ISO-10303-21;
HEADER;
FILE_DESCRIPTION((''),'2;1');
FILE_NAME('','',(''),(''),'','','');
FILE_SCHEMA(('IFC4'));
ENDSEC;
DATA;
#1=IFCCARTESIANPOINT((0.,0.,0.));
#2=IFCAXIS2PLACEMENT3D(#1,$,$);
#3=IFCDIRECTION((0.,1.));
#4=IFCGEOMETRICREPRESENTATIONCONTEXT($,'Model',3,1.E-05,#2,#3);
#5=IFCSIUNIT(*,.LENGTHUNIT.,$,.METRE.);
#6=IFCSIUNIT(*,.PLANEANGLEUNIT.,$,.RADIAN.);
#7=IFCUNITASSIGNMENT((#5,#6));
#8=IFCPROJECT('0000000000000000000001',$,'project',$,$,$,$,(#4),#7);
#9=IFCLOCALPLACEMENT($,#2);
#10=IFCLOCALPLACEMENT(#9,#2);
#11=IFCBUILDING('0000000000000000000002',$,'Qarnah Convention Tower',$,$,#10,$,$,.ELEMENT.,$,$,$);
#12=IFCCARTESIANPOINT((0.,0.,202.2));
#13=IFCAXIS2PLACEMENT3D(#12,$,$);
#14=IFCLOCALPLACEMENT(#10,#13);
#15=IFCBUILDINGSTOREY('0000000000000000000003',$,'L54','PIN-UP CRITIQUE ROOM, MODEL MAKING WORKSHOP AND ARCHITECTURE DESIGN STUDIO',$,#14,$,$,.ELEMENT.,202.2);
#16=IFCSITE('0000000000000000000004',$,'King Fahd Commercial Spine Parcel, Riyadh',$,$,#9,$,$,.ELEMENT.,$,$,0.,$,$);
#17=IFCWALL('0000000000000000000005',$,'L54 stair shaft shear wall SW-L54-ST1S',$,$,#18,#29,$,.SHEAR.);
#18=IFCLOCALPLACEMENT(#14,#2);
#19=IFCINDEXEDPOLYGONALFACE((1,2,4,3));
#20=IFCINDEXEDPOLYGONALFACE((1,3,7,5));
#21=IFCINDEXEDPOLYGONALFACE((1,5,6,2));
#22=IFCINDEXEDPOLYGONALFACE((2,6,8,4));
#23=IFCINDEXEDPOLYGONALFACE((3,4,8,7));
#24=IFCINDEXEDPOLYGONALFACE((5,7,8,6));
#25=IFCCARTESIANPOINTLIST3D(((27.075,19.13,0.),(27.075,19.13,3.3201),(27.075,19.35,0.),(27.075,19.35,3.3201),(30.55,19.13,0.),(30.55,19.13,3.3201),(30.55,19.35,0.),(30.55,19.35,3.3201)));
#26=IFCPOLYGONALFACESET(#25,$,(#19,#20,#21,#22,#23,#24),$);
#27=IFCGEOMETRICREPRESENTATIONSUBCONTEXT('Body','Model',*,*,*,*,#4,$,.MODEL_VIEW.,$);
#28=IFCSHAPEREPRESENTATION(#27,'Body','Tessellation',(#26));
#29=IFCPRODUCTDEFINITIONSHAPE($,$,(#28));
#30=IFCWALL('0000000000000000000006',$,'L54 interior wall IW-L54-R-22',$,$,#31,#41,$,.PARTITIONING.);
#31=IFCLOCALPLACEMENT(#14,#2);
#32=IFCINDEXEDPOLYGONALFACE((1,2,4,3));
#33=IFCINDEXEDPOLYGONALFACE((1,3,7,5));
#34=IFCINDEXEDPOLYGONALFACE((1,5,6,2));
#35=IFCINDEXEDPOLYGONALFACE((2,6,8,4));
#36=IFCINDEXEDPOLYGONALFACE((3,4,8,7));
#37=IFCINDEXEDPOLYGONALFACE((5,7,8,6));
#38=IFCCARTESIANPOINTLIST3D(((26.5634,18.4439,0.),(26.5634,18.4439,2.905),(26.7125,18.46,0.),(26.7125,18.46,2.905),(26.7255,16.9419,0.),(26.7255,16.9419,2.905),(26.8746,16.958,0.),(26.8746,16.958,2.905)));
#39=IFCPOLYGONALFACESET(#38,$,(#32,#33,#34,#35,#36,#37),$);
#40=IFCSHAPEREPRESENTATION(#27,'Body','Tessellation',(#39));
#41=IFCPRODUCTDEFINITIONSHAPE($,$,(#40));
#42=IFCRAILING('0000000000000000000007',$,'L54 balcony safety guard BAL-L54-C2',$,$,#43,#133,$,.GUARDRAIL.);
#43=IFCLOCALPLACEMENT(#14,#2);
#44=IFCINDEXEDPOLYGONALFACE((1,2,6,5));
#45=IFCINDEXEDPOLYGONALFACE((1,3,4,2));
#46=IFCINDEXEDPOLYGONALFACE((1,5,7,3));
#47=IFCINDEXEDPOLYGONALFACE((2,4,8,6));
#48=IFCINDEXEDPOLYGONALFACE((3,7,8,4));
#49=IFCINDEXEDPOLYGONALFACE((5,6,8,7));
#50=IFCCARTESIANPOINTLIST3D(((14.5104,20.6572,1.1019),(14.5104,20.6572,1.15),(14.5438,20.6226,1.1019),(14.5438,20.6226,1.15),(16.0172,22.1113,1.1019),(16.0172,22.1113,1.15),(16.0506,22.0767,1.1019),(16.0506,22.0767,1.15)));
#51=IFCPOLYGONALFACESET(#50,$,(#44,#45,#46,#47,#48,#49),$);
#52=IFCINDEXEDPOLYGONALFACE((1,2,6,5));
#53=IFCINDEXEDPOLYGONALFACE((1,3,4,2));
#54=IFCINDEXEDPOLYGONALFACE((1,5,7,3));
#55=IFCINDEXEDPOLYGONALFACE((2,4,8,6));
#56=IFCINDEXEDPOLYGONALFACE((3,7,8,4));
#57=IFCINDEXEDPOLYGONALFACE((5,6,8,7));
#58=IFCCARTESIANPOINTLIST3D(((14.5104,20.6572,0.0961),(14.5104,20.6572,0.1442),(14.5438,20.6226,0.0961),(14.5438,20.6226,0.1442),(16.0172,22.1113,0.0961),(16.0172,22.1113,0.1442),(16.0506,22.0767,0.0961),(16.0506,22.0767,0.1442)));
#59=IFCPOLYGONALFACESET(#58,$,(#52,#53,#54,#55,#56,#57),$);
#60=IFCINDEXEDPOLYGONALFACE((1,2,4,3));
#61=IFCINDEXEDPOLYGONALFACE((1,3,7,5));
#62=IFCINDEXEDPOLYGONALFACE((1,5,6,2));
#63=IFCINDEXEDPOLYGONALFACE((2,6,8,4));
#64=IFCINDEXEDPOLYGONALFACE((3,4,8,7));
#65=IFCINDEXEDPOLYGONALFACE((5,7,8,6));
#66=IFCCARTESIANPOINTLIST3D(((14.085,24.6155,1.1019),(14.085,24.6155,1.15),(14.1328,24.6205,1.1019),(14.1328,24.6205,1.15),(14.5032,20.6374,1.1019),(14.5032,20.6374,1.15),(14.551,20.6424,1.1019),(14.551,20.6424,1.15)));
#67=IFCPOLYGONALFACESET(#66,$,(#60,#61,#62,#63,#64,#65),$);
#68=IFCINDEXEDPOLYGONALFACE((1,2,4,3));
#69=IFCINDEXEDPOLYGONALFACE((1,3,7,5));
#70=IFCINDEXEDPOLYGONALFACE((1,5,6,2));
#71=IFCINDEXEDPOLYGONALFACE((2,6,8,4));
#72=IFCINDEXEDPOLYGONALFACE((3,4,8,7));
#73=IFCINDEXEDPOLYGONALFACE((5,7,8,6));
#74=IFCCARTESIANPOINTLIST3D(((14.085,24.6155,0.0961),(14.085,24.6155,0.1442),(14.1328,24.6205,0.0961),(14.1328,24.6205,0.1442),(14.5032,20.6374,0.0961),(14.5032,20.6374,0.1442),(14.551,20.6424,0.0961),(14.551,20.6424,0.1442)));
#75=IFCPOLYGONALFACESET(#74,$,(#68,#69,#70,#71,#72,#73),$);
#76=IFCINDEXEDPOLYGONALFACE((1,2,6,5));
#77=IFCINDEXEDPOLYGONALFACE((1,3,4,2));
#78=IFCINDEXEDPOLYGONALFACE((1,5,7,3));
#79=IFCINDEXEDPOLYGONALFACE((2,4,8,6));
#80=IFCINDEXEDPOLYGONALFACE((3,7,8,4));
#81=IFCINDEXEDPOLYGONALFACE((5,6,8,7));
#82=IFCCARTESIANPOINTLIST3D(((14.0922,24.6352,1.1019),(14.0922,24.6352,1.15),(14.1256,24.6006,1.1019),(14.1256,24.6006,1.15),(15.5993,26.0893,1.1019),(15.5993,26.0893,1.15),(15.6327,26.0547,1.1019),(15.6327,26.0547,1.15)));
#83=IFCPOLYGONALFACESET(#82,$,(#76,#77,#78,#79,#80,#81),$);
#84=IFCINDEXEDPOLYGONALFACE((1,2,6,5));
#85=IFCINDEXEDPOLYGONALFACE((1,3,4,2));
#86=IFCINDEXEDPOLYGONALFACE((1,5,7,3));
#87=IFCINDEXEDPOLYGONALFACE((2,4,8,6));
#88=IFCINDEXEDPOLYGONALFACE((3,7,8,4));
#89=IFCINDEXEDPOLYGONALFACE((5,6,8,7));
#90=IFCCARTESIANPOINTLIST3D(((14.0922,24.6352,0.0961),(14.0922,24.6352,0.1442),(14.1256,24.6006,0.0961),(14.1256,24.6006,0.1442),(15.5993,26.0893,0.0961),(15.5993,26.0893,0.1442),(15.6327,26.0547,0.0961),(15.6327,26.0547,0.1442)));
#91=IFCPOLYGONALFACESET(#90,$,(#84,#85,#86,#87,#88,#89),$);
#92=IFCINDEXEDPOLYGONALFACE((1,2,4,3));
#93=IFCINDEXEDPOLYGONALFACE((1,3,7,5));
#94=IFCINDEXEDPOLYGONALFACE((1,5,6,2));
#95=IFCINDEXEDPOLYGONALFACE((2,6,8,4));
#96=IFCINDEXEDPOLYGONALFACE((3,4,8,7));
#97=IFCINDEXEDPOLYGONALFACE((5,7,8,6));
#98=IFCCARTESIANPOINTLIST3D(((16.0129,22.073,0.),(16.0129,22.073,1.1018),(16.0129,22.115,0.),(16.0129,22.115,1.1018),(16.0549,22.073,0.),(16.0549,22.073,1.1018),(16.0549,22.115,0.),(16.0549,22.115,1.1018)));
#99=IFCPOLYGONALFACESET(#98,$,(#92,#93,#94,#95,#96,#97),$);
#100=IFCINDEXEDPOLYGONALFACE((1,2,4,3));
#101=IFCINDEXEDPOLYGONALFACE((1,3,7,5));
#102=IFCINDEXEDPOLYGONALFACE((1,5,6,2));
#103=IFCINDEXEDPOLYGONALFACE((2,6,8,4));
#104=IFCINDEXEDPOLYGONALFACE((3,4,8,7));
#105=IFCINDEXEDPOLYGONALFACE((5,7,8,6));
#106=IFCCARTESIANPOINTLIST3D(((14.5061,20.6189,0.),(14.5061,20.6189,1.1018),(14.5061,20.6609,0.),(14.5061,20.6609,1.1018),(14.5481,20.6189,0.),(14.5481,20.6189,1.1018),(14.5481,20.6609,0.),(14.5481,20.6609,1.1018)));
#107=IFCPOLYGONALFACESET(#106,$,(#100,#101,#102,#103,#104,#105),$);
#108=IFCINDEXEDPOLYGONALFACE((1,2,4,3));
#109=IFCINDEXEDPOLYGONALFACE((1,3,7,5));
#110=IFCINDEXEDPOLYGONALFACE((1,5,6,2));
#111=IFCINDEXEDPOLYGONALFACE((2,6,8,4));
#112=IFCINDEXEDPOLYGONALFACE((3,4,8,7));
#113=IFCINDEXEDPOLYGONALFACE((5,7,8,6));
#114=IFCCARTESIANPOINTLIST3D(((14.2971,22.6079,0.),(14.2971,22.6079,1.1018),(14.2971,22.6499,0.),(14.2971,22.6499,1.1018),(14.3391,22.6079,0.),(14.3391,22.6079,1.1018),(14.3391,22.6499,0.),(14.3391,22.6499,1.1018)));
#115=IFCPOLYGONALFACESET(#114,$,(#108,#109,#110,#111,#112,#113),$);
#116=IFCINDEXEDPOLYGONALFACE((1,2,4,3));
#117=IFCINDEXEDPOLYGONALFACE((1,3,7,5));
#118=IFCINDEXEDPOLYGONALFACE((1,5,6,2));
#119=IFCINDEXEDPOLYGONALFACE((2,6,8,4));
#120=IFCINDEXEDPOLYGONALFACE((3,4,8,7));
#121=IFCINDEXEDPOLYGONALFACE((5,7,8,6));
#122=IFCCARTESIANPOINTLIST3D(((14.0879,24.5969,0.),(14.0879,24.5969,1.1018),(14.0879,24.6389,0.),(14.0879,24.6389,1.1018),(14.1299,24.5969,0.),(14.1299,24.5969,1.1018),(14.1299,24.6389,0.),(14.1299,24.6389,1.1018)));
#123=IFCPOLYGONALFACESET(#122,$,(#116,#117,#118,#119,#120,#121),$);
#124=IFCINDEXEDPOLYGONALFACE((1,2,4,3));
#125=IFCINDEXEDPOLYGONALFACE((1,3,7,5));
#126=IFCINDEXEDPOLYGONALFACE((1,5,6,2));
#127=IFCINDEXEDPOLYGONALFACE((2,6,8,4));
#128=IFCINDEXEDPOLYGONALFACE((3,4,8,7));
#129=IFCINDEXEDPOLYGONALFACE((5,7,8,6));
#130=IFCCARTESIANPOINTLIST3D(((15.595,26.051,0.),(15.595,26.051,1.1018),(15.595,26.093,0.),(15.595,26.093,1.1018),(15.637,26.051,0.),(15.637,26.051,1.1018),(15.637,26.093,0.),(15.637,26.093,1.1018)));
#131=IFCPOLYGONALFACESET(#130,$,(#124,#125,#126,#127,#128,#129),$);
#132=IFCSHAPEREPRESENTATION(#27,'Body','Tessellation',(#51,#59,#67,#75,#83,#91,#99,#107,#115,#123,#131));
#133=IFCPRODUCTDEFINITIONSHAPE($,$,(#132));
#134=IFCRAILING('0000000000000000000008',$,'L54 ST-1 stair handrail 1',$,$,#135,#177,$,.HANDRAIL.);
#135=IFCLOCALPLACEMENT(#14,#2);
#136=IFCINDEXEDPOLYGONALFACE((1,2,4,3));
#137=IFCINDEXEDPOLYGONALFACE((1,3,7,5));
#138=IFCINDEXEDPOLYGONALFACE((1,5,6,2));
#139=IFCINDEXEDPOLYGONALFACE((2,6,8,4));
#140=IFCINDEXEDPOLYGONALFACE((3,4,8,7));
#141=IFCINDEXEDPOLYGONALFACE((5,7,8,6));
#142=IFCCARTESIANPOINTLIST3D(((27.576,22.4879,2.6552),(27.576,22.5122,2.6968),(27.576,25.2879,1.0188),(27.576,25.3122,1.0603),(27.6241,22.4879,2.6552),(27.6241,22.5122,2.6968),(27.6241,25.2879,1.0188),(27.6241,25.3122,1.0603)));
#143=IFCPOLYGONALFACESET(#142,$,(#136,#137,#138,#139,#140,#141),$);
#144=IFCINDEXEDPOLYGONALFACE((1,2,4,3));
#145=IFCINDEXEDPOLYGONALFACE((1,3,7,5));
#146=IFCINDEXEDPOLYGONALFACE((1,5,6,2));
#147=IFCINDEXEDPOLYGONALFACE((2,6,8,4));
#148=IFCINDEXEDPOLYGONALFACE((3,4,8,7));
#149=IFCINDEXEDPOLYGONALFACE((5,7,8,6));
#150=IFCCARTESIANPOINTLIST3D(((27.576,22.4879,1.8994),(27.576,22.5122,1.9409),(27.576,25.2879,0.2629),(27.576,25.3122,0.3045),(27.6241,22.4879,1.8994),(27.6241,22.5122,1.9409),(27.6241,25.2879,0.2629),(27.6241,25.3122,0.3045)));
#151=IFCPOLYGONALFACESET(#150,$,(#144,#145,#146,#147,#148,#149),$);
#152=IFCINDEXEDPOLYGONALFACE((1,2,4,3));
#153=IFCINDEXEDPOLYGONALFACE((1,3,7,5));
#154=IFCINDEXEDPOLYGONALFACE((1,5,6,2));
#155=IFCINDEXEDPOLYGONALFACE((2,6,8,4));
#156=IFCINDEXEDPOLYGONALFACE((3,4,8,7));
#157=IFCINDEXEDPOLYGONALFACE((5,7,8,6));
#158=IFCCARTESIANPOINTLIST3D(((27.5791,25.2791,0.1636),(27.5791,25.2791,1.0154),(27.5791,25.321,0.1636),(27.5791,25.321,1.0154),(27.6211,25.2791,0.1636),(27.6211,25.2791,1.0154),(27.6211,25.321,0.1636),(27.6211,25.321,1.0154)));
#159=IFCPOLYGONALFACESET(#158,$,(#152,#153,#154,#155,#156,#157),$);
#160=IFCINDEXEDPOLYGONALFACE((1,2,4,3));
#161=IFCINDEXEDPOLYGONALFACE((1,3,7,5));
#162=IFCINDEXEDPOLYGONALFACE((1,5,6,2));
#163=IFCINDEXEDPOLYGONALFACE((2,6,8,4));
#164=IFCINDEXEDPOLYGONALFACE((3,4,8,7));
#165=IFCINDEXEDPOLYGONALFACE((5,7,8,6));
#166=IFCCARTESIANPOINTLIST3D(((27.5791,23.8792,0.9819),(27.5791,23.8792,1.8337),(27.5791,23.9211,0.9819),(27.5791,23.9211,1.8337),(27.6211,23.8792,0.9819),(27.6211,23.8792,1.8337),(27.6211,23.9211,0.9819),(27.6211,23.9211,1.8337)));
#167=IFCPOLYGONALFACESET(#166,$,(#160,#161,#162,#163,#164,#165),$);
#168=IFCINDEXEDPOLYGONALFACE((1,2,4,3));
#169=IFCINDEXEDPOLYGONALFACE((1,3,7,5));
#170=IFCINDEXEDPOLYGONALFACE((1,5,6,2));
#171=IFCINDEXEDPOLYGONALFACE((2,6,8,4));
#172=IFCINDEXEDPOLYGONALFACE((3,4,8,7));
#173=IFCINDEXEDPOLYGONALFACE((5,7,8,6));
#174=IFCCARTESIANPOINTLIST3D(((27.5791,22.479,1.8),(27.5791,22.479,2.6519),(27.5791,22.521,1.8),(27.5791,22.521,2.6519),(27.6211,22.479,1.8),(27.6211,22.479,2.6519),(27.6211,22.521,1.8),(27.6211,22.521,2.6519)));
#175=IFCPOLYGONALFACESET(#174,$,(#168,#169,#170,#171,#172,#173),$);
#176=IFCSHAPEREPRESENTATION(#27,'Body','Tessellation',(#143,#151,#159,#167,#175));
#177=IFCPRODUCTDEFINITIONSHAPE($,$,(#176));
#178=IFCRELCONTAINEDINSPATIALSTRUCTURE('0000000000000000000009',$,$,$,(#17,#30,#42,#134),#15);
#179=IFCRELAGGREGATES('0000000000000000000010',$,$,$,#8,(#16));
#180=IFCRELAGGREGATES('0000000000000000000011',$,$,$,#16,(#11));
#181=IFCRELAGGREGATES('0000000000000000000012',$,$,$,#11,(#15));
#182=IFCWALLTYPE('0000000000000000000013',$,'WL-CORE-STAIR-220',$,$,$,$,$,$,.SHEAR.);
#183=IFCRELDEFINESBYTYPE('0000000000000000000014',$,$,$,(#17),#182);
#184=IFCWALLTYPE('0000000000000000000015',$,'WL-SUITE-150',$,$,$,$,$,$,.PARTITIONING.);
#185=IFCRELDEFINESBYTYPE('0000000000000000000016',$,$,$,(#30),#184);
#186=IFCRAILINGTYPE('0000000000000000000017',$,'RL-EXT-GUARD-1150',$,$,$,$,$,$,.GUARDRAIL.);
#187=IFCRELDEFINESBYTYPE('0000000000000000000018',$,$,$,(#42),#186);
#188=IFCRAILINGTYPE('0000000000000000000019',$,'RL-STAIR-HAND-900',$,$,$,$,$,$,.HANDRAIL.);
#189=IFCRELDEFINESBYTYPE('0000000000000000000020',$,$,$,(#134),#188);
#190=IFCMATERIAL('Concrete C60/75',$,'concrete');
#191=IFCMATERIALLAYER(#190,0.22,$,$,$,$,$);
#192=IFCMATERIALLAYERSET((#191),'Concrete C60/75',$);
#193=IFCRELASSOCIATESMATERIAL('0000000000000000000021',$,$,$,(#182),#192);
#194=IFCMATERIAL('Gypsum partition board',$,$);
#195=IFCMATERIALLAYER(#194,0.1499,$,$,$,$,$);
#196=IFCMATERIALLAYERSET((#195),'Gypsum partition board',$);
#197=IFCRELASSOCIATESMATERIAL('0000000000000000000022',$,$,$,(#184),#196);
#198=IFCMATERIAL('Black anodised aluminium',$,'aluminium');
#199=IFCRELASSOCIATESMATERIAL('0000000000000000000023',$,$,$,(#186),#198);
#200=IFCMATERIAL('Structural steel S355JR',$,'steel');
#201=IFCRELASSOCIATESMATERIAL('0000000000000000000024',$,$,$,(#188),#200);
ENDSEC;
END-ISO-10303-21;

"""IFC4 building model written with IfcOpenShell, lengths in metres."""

from ifc_helpers import new_model, si_unit, direction, frame, frame_2d, origin, origin_2d, place, context, subcontext, project, spatial, rectangle, extrude, material, layer, layer_set, type_object, element, save


model = new_model("IFC4")

# Units and contexts
model_context = context("Model", 3, precision=1e-05, world=origin(), true_north=direction((0.0, 1.0)))
body_context = subcontext(model_context, "Body", "Model", "MODEL_VIEW")
ifc_project = project(units=[si_unit("LENGTHUNIT", "METRE"), si_unit("PLANEANGLEUNIT", "RADIAN")], contexts=[model_context])

# Site, building, storey
site_placement = place(None, origin())
site = spatial("IfcSite", under=ifc_project, at=site_placement, Name="King Fahd Commercial Spine Parcel, Riyadh", CompositionType="ELEMENT", RefElevation=0.0)
building_placement = place(site_placement, origin())
building = spatial("IfcBuilding", under=site, at=building_placement, Name="Qarnah Convention Tower", CompositionType="ELEMENT")
storey_placement = place(building_placement, frame((0.0, 0.0, 202.2)))
storey = spatial("IfcBuildingStorey", under=building, at=storey_placement, Name="L54", Description="PIN-UP CRITIQUE ROOM, MODEL MAKING WORKSHOP AND ARCHITECTURE DESIGN STUDIO", CompositionType="ELEMENT", Elevation=202.2)

# Shared definitions
ifc_material_1 = material(Name="Structural steel S355JR", Category="steel")

# Shared definitions
ifc_material_2 = material(Name="Black anodised aluminium", Category="aluminium")

# Shared definitions
ifc_material_3 = material(Name="Concrete C60/75", Category="concrete")

# Wall
ifc_layer_1 = layer(ifc_material_3, 0.22)
ifc_layer_set_1 = layer_set([ifc_layer_1], Name="Concrete C60/75")
wall_type_1 = type_object("IfcWallType", Name="WL-CORE-STAIR-220", PredefinedType="SHEAR", material=ifc_layer_set_1)
wall_1_placement = place(storey_placement, frame((27.075, 19.24, 0.0), z_axis=(0.0, 0.0, 1.0), x_axis=(1.0, 0.0, 0.0)))
element("IfcWall", 1, at=wall_1_placement, inside=storey, type_object=wall_type_1, Name="L54 stair shaft shear wall SW-L54-ST1S", PredefinedType="SHEAR", context=body_context, shape_type="SweptSolid", body=[
    extrude(rectangle(XDim=3.4751, YDim=0.22, at=frame_2d((1.7375, 0.0))), origin(), (0.0, 0.0, 1.0), 3.3201),
])

# Shared definitions
ifc_material_4 = material(Name="Gypsum partition board")
ifc_layer_2 = layer(ifc_material_4, 0.1499)
ifc_layer_set_2 = layer_set([ifc_layer_2], Name="Gypsum partition board")
wall_type_2 = type_object("IfcWallType", Name="WL-SUITE-150", PredefinedType="PARTITIONING", material=ifc_layer_set_2)

# Wall
wall_2_placement = place(storey_placement, frame((26.8, 16.95, 0.0), z_axis=(0.0, 0.0, 1.0), x_axis=(-0.107309, 0.994226, 0.0)))
element("IfcWall", 2, at=wall_2_placement, inside=storey, type_object=wall_type_2, Name="L54 interior wall IW-L54-R-22", PredefinedType="PARTITIONING", context=body_context, shape_type="SweptSolid", body=[
    extrude(rectangle(XDim=1.5107, YDim=0.1499, at=frame_2d((0.7554, 0.0))), origin(), (0.0, 0.0, 1.0), 2.905),
])

# Railings
railing_type_1 = type_object("IfcRailingType", Name="RL-EXT-GUARD-1150", PredefinedType="GUARDRAIL", material=ifc_material_2)
railing_1_placement = place(storey_placement, frame((16.0339, 22.094, 0.0)))
element("IfcRailing", 3, at=railing_1_placement, inside=storey, type_object=railing_type_1, Name="L54 balcony safety guard BAL-L54-C2", PredefinedType="GUARDRAIL", context=body_context, shape_type="SweptSolid", body=[
    extrude(rectangle(XDim=0.0481, YDim=0.0481, at=origin_2d()), frame((0.0, 0.0, 1.126), z_axis=(-0.719586, -0.694403, 0.0), x_axis=(0.694403, -0.719586, 0.0)), (0.0, 0.0, 1.0), 2.094),
    extrude(rectangle(XDim=0.0481, YDim=0.0481, at=origin_2d()), frame((0.0, 0.0, 0.1201), z_axis=(-0.719586, -0.694403, 0.0), x_axis=(0.694403, -0.719586, 0.0)), (0.0, 0.0, 1.0), 2.094),
    extrude(rectangle(XDim=0.0481, YDim=0.0481, at=origin_2d()), frame((-1.5068, -1.4541, 1.126), z_axis=(-0.104555, 0.994519, 0.0), x_axis=(-0.994519, -0.104555, 0.0)), (0.0, 0.0, 1.0), 4.0),
    extrude(rectangle(XDim=0.0481, YDim=0.0481, at=origin_2d()), frame((-1.5068, -1.4541, 0.1201), z_axis=(-0.104555, 0.994519, 0.0), x_axis=(-0.994519, -0.104555, 0.0)), (0.0, 0.0, 1.0), 4.0),
    extrude(rectangle(XDim=0.0481, YDim=0.0481, at=origin_2d()), frame((-1.925, 2.5239, 1.126), z_axis=(0.719642, 0.694345, 0.0), x_axis=(-0.694345, 0.719642, 0.0)), (0.0, 0.0, 1.0), 2.0942),
    extrude(rectangle(XDim=0.0481, YDim=0.0481, at=origin_2d()), frame((-1.925, 2.5239, 0.1201), z_axis=(0.719642, 0.694345, 0.0), x_axis=(-0.694345, 0.719642, 0.0)), (0.0, 0.0, 1.0), 2.0942),
    extrude(rectangle(XDim=0.042, YDim=0.042, at=origin_2d()), origin(), (0.0, 0.0, 1.0), 1.1018),
    extrude(rectangle(XDim=0.042, YDim=0.042, at=origin_2d()), frame((-1.5068, -1.4541, 0.0)), (0.0, 0.0, 1.0), 1.1018),
    extrude(rectangle(XDim=0.042, YDim=0.042, at=origin_2d()), frame((-1.7158, 0.5349, 0.0)), (0.0, 0.0, 1.0), 1.1018),
    extrude(rectangle(XDim=0.042, YDim=0.042, at=origin_2d()), frame((-1.925, 2.5239, 0.0)), (0.0, 0.0, 1.0), 1.1018),
    extrude(rectangle(XDim=0.042, YDim=0.042, at=origin_2d()), frame((-0.418, 3.978, 0.0)), (0.0, 0.0, 1.0), 1.1018),
])
railing_type_2 = type_object("IfcRailingType", Name="RL-STAIR-HAND-900", PredefinedType="HANDRAIL", material=ifc_material_1)
railing_2_placement = place(storey_placement, frame((27.6001, 25.3, 0.1636)))
element("IfcRailing", 4, at=railing_2_placement, inside=storey, type_object=railing_type_2, Name="L54 ST-1 stair handrail 1", PredefinedType="HANDRAIL", context=body_context, shape_type="SweptSolid", body=[
    extrude(rectangle(XDim=0.0481, YDim=0.0481, at=origin_2d()), frame((0.0, 0.0, 0.876), z_axis=(0.0, -0.863361, 0.504587), x_axis=(1.0, 0.0, 0.0)), (0.0, 0.0, 1.0), 3.2432),
    extrude(rectangle(XDim=0.0481, YDim=0.0481, at=origin_2d()), frame((0.0, 0.0, 0.1201), z_axis=(0.0, -0.863361, 0.504587), x_axis=(1.0, 0.0, 0.0)), (0.0, 0.0, 1.0), 3.2432),
    extrude(rectangle(XDim=0.042, YDim=0.042, at=origin_2d()), origin(), (0.0, 0.0, 1.0), 0.8518),
    extrude(rectangle(XDim=0.042, YDim=0.042, at=origin_2d()), frame((0.0, -1.3999, 0.8184)), (0.0, 0.0, 1.0), 0.8518),
    extrude(rectangle(XDim=0.042, YDim=0.042, at=origin_2d()), frame((0.0, -2.8, 1.6365)), (0.0, 0.0, 1.0), 0.8518),
])

save(model, "model.ifc")
